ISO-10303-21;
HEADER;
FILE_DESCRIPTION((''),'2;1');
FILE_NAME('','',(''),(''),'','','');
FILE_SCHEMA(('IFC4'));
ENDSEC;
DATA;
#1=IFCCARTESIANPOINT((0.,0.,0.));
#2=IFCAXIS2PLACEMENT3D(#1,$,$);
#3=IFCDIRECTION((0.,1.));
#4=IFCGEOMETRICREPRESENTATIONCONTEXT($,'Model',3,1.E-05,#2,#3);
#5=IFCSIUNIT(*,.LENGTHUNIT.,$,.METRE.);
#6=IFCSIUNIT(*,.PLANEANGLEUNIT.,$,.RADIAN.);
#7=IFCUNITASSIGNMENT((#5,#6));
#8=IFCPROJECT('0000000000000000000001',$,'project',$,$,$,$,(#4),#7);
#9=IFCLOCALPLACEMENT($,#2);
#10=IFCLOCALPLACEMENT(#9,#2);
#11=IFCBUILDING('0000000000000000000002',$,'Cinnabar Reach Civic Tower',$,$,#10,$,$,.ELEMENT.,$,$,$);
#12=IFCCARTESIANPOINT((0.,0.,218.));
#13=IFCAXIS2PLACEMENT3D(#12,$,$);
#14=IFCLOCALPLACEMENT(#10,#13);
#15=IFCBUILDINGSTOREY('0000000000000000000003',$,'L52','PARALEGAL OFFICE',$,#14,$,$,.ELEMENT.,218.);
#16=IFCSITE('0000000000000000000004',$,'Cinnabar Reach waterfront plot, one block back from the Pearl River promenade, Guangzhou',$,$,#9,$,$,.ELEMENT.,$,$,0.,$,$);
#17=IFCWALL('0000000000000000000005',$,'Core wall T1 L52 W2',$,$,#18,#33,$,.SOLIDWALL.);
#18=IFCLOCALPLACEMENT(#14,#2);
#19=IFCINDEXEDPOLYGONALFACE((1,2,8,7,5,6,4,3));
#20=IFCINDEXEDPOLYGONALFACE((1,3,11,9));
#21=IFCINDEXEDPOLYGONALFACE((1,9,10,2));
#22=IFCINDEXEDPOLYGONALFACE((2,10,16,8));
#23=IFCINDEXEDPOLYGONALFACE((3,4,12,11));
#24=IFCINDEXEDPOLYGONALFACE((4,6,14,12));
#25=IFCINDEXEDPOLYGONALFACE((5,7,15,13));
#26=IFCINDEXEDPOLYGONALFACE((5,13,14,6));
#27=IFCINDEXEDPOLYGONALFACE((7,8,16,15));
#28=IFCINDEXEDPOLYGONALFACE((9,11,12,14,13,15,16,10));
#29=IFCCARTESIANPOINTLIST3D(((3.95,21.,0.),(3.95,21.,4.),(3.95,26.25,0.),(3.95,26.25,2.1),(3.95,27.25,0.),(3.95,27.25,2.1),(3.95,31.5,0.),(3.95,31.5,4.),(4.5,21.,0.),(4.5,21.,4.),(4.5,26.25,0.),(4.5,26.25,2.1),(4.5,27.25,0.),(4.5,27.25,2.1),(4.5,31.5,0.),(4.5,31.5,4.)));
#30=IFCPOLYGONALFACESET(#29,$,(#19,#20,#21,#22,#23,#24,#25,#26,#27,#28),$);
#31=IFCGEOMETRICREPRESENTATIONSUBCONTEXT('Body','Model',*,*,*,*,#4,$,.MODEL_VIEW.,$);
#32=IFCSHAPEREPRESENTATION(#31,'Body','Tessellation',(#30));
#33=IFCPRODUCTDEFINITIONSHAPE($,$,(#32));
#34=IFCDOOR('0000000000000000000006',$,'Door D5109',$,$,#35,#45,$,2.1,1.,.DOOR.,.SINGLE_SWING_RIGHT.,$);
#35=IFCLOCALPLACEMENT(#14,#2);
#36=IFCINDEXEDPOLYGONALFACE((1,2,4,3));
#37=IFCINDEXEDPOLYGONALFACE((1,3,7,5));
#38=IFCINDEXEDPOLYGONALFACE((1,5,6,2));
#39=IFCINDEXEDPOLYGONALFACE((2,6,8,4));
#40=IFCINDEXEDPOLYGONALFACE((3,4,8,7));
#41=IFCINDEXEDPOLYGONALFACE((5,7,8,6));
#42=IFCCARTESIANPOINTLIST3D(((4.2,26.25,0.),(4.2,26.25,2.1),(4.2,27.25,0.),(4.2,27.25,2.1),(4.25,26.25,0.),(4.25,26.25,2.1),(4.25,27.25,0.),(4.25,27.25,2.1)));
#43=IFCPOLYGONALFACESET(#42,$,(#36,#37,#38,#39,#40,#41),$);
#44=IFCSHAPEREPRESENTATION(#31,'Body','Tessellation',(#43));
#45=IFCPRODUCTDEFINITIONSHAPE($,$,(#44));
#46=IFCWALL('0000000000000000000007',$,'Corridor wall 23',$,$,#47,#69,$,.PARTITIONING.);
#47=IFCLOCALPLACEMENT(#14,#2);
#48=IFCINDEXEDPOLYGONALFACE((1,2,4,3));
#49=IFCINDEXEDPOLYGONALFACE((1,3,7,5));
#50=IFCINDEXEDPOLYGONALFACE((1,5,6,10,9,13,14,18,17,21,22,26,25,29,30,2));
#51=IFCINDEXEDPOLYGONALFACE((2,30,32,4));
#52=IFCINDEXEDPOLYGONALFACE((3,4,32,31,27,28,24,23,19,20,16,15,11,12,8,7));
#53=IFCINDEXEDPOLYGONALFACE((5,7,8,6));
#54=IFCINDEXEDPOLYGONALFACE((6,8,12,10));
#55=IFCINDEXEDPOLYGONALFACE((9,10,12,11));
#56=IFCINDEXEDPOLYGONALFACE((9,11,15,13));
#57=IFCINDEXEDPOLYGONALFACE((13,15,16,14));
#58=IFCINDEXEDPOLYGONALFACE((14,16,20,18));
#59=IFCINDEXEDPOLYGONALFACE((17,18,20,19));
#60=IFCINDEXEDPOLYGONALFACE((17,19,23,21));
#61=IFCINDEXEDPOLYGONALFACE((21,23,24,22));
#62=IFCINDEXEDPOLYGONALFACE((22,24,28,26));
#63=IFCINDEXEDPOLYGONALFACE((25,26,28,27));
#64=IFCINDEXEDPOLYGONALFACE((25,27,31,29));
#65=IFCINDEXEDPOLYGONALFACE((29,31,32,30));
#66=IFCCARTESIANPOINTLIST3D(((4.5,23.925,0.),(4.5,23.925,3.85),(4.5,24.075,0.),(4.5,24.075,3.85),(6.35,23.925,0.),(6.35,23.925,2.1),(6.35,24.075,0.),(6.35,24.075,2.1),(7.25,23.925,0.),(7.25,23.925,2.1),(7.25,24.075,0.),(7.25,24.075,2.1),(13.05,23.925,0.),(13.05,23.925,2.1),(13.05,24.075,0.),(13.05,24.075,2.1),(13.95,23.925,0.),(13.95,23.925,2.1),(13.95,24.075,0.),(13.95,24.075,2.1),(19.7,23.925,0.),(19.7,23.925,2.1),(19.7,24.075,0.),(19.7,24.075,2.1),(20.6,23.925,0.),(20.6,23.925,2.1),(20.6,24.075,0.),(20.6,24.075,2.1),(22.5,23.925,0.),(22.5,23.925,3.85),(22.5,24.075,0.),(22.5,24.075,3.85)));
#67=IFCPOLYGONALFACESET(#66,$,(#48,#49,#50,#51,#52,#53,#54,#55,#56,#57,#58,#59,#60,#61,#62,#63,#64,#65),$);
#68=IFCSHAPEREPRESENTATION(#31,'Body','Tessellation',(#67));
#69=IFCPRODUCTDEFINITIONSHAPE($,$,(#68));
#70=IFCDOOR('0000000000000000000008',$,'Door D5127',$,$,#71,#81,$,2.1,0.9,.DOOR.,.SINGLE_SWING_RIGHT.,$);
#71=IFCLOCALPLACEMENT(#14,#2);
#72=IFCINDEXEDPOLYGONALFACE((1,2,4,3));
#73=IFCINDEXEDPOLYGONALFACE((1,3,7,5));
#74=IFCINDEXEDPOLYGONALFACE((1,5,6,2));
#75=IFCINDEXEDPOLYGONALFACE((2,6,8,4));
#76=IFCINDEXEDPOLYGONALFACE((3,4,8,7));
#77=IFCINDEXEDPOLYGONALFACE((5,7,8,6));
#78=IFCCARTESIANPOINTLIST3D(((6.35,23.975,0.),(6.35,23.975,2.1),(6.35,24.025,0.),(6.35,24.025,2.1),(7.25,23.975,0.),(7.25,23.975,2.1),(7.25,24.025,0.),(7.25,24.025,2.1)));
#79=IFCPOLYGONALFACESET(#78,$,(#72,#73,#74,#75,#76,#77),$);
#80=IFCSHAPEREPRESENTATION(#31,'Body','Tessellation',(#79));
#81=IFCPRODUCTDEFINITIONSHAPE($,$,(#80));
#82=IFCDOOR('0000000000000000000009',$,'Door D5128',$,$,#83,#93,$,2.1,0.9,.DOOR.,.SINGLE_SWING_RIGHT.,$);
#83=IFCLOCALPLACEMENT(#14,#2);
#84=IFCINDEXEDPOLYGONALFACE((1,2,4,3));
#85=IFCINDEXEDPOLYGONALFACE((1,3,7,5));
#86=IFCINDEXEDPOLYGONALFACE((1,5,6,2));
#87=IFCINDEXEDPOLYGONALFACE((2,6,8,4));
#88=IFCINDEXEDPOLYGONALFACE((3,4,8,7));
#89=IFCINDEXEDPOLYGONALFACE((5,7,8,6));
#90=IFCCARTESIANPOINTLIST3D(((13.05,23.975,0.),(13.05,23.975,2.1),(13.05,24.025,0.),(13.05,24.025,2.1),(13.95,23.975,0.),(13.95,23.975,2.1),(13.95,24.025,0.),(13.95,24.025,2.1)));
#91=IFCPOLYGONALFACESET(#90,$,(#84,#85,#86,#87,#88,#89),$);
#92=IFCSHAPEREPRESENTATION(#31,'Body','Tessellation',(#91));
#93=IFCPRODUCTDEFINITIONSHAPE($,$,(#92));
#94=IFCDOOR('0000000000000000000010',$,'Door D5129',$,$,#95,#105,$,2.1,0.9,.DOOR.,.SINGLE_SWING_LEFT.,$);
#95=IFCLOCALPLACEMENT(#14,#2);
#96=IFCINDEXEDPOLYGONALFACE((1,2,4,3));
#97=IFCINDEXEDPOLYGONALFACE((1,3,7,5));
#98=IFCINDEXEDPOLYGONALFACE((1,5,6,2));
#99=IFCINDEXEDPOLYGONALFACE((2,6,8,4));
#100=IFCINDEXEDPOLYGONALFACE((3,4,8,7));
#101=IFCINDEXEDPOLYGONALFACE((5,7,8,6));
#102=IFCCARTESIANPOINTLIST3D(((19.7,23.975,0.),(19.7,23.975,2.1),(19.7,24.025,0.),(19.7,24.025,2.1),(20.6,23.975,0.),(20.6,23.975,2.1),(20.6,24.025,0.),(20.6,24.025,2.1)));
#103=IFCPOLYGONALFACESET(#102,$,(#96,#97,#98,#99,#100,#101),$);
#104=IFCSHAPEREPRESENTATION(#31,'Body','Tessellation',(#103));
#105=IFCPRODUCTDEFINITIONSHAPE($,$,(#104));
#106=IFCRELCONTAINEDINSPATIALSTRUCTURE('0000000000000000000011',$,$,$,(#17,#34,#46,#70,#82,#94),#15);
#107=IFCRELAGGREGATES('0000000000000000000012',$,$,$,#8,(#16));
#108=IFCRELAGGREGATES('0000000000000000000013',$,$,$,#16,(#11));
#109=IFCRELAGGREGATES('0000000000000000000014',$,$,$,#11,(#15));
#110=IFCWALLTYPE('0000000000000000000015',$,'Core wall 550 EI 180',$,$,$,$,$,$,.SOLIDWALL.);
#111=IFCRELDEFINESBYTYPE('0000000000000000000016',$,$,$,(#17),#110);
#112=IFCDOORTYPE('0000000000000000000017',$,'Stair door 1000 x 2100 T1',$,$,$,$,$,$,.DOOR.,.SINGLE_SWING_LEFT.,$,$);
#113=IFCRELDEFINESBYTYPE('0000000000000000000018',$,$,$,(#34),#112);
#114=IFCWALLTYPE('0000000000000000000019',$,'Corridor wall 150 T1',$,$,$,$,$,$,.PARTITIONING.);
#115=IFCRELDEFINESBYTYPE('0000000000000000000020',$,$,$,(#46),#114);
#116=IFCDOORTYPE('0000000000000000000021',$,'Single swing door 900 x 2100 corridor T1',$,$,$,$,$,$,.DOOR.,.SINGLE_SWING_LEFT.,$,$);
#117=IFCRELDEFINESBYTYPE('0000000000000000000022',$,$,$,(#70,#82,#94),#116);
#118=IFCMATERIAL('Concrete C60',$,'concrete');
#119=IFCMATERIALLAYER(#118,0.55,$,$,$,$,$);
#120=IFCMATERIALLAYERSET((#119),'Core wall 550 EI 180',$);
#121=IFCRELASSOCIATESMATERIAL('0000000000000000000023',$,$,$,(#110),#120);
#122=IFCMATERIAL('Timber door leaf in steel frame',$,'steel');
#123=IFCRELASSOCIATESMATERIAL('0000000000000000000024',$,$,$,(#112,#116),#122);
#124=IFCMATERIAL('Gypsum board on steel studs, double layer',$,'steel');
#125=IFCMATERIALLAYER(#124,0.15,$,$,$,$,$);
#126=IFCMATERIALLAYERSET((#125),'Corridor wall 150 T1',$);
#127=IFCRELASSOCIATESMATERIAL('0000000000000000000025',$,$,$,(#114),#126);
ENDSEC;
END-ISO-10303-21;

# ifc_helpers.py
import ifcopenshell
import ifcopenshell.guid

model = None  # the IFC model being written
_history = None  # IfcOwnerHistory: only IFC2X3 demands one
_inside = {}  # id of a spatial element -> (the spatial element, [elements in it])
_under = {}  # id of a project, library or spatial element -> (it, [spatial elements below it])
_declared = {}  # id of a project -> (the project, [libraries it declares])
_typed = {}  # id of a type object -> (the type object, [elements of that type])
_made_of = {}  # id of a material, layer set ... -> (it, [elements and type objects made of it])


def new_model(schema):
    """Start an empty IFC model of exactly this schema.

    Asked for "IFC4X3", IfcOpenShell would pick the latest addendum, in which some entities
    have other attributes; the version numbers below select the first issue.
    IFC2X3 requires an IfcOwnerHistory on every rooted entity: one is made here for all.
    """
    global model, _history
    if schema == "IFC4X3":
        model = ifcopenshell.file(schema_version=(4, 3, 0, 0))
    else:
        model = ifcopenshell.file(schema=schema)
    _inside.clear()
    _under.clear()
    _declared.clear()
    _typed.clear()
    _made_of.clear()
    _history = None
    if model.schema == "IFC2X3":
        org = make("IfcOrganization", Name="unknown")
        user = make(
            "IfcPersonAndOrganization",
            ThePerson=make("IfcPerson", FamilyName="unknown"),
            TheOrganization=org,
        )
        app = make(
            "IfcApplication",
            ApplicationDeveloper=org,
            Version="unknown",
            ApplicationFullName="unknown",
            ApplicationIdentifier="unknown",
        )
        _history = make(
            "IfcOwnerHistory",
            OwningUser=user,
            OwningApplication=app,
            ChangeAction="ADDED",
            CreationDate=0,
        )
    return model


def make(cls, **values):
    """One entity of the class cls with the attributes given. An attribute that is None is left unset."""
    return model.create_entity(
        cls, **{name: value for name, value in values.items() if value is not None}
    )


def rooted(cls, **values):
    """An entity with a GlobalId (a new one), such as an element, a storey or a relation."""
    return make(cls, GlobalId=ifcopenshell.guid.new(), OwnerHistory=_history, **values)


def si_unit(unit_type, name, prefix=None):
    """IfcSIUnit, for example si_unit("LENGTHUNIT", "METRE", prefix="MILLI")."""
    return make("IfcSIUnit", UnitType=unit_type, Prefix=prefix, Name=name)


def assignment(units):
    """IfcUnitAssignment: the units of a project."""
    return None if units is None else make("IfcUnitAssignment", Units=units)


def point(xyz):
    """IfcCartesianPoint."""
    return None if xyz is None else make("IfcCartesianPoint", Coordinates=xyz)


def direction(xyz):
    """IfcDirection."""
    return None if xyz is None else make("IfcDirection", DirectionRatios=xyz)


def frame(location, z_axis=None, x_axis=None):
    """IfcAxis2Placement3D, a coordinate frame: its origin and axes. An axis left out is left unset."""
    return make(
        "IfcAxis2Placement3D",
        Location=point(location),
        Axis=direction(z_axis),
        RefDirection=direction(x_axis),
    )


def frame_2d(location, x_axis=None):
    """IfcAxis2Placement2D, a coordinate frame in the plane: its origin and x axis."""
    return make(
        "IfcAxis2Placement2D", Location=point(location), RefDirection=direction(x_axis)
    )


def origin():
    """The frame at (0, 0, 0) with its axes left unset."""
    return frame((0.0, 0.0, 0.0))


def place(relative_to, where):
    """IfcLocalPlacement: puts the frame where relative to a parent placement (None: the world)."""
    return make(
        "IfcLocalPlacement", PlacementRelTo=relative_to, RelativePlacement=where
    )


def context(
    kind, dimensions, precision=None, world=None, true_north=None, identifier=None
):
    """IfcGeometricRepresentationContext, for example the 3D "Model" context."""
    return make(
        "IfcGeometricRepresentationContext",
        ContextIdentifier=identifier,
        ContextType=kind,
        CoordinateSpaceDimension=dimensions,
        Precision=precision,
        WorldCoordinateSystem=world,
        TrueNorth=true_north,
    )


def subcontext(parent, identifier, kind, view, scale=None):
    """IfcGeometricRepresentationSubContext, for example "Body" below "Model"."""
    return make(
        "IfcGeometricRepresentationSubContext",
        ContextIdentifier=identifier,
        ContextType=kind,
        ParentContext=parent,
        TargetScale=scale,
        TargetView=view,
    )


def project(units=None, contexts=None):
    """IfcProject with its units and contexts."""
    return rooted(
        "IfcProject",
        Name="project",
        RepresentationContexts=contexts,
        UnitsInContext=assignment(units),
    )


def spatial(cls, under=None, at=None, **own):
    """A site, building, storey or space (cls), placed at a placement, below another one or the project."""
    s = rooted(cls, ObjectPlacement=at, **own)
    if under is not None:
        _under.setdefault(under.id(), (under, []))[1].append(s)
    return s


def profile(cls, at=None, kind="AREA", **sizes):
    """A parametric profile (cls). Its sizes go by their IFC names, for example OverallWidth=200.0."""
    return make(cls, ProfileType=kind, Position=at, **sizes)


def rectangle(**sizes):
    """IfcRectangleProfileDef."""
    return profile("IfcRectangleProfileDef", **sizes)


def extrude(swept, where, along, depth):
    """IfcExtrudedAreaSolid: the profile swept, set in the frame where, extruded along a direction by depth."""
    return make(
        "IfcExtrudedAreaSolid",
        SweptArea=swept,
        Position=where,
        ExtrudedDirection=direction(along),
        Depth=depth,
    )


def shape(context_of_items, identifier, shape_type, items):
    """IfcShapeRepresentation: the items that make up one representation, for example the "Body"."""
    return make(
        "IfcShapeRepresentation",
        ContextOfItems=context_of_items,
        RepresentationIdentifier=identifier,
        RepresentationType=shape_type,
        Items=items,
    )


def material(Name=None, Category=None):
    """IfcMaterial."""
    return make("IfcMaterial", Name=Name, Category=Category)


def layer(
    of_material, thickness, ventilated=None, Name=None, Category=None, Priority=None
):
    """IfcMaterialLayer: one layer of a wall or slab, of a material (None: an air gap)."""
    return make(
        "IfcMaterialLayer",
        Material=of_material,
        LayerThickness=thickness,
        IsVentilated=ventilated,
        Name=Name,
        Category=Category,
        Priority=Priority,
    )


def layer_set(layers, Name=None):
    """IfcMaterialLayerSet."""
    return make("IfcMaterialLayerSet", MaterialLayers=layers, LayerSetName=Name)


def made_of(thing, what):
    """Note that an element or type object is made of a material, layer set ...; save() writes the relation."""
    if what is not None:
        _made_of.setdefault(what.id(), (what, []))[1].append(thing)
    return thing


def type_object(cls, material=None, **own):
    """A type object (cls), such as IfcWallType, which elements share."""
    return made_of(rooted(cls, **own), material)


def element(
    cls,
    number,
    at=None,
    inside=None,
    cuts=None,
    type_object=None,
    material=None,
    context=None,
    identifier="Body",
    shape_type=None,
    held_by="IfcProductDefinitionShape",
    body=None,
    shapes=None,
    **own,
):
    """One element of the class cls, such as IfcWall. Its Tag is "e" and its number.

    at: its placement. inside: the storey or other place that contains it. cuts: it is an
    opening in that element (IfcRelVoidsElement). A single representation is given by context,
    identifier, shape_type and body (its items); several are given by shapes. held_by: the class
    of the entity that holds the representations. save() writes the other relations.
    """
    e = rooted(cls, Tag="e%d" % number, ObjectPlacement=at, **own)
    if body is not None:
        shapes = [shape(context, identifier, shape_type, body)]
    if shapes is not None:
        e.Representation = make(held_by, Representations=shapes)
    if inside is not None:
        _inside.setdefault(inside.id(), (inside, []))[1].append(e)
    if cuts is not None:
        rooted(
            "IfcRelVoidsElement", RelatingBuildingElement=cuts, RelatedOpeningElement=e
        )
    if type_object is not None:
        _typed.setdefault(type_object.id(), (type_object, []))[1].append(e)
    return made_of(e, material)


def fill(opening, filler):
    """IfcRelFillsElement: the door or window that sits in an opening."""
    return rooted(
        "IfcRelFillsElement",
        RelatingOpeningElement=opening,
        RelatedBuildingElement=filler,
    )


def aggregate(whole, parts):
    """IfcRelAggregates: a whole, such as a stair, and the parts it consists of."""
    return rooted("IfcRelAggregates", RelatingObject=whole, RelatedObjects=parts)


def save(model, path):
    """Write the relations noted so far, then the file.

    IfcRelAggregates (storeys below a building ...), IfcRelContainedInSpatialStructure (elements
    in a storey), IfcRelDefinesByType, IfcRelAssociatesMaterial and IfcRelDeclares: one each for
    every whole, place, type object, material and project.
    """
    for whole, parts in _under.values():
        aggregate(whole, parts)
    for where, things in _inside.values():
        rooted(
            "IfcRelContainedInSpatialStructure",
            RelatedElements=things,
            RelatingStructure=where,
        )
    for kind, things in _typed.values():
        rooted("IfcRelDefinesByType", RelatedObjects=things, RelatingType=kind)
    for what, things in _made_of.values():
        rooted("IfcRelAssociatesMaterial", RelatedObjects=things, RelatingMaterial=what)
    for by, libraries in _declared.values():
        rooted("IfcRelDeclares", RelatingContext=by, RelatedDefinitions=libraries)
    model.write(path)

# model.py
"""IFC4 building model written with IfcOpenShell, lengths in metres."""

from ifc_helpers import new_model, si_unit, direction, frame, frame_2d, origin, place, context, subcontext, project, spatial, rectangle, extrude, material, layer, layer_set, type_object, element, fill, save


model = new_model("IFC4")

# Units and contexts
model_context = context("Model", 3, precision=1e-05, world=origin(), true_north=direction((0.0, 1.0)))
body_context = subcontext(model_context, "Body", "Model", "MODEL_VIEW")
ifc_project = project(units=[si_unit("LENGTHUNIT", "METRE"), si_unit("PLANEANGLEUNIT", "RADIAN")], contexts=[model_context])

# Site, building, storey
site_placement = place(None, origin())
site = spatial("IfcSite", under=ifc_project, at=site_placement, Name="Cinnabar Reach waterfront plot, one block back from the Pearl River promenade, Guangzhou", CompositionType="ELEMENT", RefElevation=0.0)
building_placement = place(site_placement, origin())
building = spatial("IfcBuilding", under=site, at=building_placement, Name="Cinnabar Reach Civic Tower", CompositionType="ELEMENT")
storey_placement = place(building_placement, frame((0.0, 0.0, 218.0)))
storey = spatial("IfcBuildingStorey", under=building, at=storey_placement, Name="L52", Description="PARALEGAL OFFICE", CompositionType="ELEMENT", Elevation=218.0)

# Shared definitions
ifc_material_1 = material(Name="Concrete C60", Category="concrete")
ifc_layer_1 = layer(ifc_material_1, 0.55)
ifc_layer_set_1 = layer_set([ifc_layer_1], Name="Core wall 550 EI 180")
wall_type_1 = type_object("IfcWallType", Name="Core wall 550 EI 180", PredefinedType="SOLIDWALL", material=ifc_layer_set_1)

# Wall, opening, door
wall_1_placement = place(storey_placement, frame((4.225, 31.5, 0.0), z_axis=(0.0, 0.0, 1.0), x_axis=(0.0, -1.0, 0.0)))
wall_1 = element("IfcWall", 1, at=wall_1_placement, inside=storey, type_object=wall_type_1, Name="Core wall T1 L52 W2", PredefinedType="SOLIDWALL", context=body_context, shape_type="SweptSolid", body=[
    extrude(rectangle(XDim=10.5, YDim=0.55, at=frame_2d((5.25, 0.0))), origin(), (0.0, 0.0, 1.0), 4.0),
])
opening_1_placement = place(wall_1_placement, frame((4.25, 0.0, 0.0)))
opening_1 = element("IfcOpeningElement", 2, at=opening_1_placement, cuts=wall_1, PredefinedType="OPENING", context=body_context, shape_type="SweptSolid", body=[
    extrude(rectangle(XDim=1.0, YDim=2.1, at=frame_2d((0.5, 1.05))), frame((0.0, 0.285, 0.0), z_axis=(0.0, -1.0, 0.0), x_axis=(1.0, 0.0, 0.0)), (0.0, 0.0, 1.0), 0.57),
])
ifc_material_2 = material(Name="Timber door leaf in steel frame", Category="steel")
door_type_1 = type_object("IfcDoorType", Name="Stair door 1000 x 2100 T1", OperationType="SINGLE_SWING_LEFT", PredefinedType="DOOR", material=ifc_material_2)
door_1_placement = place(opening_1_placement, frame((1.0, 0.0, 0.0), z_axis=(0.0, 0.0, 1.0), x_axis=(-1.0, 0.0, 0.0)))
door_1 = element("IfcDoor", 3, at=door_1_placement, inside=storey, type_object=door_type_1, Name="Door D5109", OperationType="SINGLE_SWING_RIGHT", OverallHeight=2.1, OverallWidth=1.0, PredefinedType="DOOR", context=body_context, shape_type="SweptSolid", body=[
    extrude(rectangle(XDim=1.0, YDim=2.1, at=frame_2d((0.5, 1.05))), frame((0.0, 0.025, 0.0), z_axis=(0.0, -1.0, 0.0), x_axis=(1.0, 0.0, 0.0)), (0.0, 0.0, 1.0), 0.05),
])
fill(opening_1, door_1)

# Wall, openings, doors
ifc_material_3 = material(Name="Gypsum board on steel studs, double layer", Category="steel")
ifc_layer_2 = layer(ifc_material_3, 0.15)
ifc_layer_set_2 = layer_set([ifc_layer_2], Name="Corridor wall 150 T1")
wall_type_2 = type_object("IfcWallType", Name="Corridor wall 150 T1", PredefinedType="PARTITIONING", material=ifc_layer_set_2)
wall_2_placement = place(storey_placement, frame((4.5, 24.0, 0.0), z_axis=(0.0, 0.0, 1.0), x_axis=(1.0, 0.0, 0.0)))
wall_2 = element("IfcWall", 4, at=wall_2_placement, inside=storey, type_object=wall_type_2, Name="Corridor wall 23", PredefinedType="PARTITIONING", context=body_context, shape_type="SweptSolid", body=[
    extrude(rectangle(XDim=18.0, YDim=0.15, at=frame_2d((9.0, 0.0))), origin(), (0.0, 0.0, 1.0), 3.85),
])
opening_2_placement = place(wall_2_placement, frame((1.85, 0.0, 0.0)))
opening_2 = element("IfcOpeningElement", 5, at=opening_2_placement, cuts=wall_2, PredefinedType="OPENING", context=body_context, shape_type="SweptSolid", body=[
    extrude(rectangle(XDim=0.9, YDim=2.1, at=frame_2d((0.45, 1.05))), frame((0.0, 0.085, 0.0), z_axis=(0.0, -1.0, 0.0), x_axis=(1.0, 0.0, 0.0)), (0.0, 0.0, 1.0), 0.17),
])
opening_3_placement = place(wall_2_placement, frame((8.55, 0.0, 0.0)))
opening_3 = element("IfcOpeningElement", 6, at=opening_3_placement, cuts=wall_2, PredefinedType="OPENING", context=body_context, shape_type="SweptSolid", body=[
    extrude(rectangle(XDim=0.9, YDim=2.1, at=frame_2d((0.45, 1.05))), frame((0.0, 0.085, 0.0), z_axis=(0.0, -1.0, 0.0), x_axis=(1.0, 0.0, 0.0)), (0.0, 0.0, 1.0), 0.17),
])
opening_4_placement = place(wall_2_placement, frame((15.2, 0.0, 0.0)))
opening_4 = element("IfcOpeningElement", 7, at=opening_4_placement, cuts=wall_2, PredefinedType="OPENING", context=body_context, shape_type="SweptSolid", body=[
    extrude(rectangle(XDim=0.9, YDim=2.1, at=frame_2d((0.45, 1.05))), frame((0.0, 0.085, 0.0), z_axis=(0.0, -1.0, 0.0), x_axis=(1.0, 0.0, 0.0)), (0.0, 0.0, 1.0), 0.17),
])
door_type_2 = type_object("IfcDoorType", Name="Single swing door 900 x 2100 corridor T1", OperationType="SINGLE_SWING_LEFT", PredefinedType="DOOR", material=ifc_material_2)
door_2_placement = place(opening_2_placement, frame((0.9, 0.0, 0.0), z_axis=(0.0, 0.0, 1.0), x_axis=(-1.0, 0.0, 0.0)))
door_2 = element("IfcDoor", 8, at=door_2_placement, inside=storey, type_object=door_type_2, Name="Door D5127", OperationType="SINGLE_SWING_RIGHT", OverallHeight=2.1, OverallWidth=0.9, PredefinedType="DOOR", context=body_context, shape_type="SweptSolid", body=[
    extrude(rectangle(XDim=0.9, YDim=2.1, at=frame_2d((0.45, 1.05))), frame((0.0, 0.025, 0.0), z_axis=(0.0, -1.0, 0.0), x_axis=(1.0, 0.0, 0.0)), (0.0, 0.0, 1.0), 0.05),
])
fill(opening_2, door_2)
door_3_placement = place(opening_3_placement, frame((0.9, 0.0, 0.0), z_axis=(0.0, 0.0, 1.0), x_axis=(-1.0, 0.0, 0.0)))
door_3 = element("IfcDoor", 9, at=door_3_placement, inside=storey, type_object=door_type_2, Name="Door D5128", OperationType="SINGLE_SWING_RIGHT", OverallHeight=2.1, OverallWidth=0.9, PredefinedType="DOOR", context=body_context, shape_type="SweptSolid", body=[
    extrude(rectangle(XDim=0.9, YDim=2.1, at=frame_2d((0.45, 1.05))), frame((0.0, 0.025, 0.0), z_axis=(0.0, -1.0, 0.0), x_axis=(1.0, 0.0, 0.0)), (0.0, 0.0, 1.0), 0.05),
])
fill(opening_3, door_3)
door_4_placement = place(opening_4_placement, frame((0.9, 0.0, 0.0), z_axis=(0.0, 0.0, 1.0), x_axis=(-1.0, 0.0, 0.0)))
door_4 = element("IfcDoor", 10, at=door_4_placement, inside=storey, type_object=door_type_2, Name="Door D5129", OperationType="SINGLE_SWING_LEFT", OverallHeight=2.1, OverallWidth=0.9, PredefinedType="DOOR", context=body_context, shape_type="SweptSolid", body=[
    extrude(rectangle(XDim=0.9, YDim=2.1, at=frame_2d((0.45, 1.05))), frame((0.0, 0.025, 0.0), z_axis=(0.0, -1.0, 0.0), x_axis=(1.0, 0.0, 0.0)), (0.0, 0.0, 1.0), 0.05),
])
fill(opening_4, door_4)

save(model, "model.ifc")
